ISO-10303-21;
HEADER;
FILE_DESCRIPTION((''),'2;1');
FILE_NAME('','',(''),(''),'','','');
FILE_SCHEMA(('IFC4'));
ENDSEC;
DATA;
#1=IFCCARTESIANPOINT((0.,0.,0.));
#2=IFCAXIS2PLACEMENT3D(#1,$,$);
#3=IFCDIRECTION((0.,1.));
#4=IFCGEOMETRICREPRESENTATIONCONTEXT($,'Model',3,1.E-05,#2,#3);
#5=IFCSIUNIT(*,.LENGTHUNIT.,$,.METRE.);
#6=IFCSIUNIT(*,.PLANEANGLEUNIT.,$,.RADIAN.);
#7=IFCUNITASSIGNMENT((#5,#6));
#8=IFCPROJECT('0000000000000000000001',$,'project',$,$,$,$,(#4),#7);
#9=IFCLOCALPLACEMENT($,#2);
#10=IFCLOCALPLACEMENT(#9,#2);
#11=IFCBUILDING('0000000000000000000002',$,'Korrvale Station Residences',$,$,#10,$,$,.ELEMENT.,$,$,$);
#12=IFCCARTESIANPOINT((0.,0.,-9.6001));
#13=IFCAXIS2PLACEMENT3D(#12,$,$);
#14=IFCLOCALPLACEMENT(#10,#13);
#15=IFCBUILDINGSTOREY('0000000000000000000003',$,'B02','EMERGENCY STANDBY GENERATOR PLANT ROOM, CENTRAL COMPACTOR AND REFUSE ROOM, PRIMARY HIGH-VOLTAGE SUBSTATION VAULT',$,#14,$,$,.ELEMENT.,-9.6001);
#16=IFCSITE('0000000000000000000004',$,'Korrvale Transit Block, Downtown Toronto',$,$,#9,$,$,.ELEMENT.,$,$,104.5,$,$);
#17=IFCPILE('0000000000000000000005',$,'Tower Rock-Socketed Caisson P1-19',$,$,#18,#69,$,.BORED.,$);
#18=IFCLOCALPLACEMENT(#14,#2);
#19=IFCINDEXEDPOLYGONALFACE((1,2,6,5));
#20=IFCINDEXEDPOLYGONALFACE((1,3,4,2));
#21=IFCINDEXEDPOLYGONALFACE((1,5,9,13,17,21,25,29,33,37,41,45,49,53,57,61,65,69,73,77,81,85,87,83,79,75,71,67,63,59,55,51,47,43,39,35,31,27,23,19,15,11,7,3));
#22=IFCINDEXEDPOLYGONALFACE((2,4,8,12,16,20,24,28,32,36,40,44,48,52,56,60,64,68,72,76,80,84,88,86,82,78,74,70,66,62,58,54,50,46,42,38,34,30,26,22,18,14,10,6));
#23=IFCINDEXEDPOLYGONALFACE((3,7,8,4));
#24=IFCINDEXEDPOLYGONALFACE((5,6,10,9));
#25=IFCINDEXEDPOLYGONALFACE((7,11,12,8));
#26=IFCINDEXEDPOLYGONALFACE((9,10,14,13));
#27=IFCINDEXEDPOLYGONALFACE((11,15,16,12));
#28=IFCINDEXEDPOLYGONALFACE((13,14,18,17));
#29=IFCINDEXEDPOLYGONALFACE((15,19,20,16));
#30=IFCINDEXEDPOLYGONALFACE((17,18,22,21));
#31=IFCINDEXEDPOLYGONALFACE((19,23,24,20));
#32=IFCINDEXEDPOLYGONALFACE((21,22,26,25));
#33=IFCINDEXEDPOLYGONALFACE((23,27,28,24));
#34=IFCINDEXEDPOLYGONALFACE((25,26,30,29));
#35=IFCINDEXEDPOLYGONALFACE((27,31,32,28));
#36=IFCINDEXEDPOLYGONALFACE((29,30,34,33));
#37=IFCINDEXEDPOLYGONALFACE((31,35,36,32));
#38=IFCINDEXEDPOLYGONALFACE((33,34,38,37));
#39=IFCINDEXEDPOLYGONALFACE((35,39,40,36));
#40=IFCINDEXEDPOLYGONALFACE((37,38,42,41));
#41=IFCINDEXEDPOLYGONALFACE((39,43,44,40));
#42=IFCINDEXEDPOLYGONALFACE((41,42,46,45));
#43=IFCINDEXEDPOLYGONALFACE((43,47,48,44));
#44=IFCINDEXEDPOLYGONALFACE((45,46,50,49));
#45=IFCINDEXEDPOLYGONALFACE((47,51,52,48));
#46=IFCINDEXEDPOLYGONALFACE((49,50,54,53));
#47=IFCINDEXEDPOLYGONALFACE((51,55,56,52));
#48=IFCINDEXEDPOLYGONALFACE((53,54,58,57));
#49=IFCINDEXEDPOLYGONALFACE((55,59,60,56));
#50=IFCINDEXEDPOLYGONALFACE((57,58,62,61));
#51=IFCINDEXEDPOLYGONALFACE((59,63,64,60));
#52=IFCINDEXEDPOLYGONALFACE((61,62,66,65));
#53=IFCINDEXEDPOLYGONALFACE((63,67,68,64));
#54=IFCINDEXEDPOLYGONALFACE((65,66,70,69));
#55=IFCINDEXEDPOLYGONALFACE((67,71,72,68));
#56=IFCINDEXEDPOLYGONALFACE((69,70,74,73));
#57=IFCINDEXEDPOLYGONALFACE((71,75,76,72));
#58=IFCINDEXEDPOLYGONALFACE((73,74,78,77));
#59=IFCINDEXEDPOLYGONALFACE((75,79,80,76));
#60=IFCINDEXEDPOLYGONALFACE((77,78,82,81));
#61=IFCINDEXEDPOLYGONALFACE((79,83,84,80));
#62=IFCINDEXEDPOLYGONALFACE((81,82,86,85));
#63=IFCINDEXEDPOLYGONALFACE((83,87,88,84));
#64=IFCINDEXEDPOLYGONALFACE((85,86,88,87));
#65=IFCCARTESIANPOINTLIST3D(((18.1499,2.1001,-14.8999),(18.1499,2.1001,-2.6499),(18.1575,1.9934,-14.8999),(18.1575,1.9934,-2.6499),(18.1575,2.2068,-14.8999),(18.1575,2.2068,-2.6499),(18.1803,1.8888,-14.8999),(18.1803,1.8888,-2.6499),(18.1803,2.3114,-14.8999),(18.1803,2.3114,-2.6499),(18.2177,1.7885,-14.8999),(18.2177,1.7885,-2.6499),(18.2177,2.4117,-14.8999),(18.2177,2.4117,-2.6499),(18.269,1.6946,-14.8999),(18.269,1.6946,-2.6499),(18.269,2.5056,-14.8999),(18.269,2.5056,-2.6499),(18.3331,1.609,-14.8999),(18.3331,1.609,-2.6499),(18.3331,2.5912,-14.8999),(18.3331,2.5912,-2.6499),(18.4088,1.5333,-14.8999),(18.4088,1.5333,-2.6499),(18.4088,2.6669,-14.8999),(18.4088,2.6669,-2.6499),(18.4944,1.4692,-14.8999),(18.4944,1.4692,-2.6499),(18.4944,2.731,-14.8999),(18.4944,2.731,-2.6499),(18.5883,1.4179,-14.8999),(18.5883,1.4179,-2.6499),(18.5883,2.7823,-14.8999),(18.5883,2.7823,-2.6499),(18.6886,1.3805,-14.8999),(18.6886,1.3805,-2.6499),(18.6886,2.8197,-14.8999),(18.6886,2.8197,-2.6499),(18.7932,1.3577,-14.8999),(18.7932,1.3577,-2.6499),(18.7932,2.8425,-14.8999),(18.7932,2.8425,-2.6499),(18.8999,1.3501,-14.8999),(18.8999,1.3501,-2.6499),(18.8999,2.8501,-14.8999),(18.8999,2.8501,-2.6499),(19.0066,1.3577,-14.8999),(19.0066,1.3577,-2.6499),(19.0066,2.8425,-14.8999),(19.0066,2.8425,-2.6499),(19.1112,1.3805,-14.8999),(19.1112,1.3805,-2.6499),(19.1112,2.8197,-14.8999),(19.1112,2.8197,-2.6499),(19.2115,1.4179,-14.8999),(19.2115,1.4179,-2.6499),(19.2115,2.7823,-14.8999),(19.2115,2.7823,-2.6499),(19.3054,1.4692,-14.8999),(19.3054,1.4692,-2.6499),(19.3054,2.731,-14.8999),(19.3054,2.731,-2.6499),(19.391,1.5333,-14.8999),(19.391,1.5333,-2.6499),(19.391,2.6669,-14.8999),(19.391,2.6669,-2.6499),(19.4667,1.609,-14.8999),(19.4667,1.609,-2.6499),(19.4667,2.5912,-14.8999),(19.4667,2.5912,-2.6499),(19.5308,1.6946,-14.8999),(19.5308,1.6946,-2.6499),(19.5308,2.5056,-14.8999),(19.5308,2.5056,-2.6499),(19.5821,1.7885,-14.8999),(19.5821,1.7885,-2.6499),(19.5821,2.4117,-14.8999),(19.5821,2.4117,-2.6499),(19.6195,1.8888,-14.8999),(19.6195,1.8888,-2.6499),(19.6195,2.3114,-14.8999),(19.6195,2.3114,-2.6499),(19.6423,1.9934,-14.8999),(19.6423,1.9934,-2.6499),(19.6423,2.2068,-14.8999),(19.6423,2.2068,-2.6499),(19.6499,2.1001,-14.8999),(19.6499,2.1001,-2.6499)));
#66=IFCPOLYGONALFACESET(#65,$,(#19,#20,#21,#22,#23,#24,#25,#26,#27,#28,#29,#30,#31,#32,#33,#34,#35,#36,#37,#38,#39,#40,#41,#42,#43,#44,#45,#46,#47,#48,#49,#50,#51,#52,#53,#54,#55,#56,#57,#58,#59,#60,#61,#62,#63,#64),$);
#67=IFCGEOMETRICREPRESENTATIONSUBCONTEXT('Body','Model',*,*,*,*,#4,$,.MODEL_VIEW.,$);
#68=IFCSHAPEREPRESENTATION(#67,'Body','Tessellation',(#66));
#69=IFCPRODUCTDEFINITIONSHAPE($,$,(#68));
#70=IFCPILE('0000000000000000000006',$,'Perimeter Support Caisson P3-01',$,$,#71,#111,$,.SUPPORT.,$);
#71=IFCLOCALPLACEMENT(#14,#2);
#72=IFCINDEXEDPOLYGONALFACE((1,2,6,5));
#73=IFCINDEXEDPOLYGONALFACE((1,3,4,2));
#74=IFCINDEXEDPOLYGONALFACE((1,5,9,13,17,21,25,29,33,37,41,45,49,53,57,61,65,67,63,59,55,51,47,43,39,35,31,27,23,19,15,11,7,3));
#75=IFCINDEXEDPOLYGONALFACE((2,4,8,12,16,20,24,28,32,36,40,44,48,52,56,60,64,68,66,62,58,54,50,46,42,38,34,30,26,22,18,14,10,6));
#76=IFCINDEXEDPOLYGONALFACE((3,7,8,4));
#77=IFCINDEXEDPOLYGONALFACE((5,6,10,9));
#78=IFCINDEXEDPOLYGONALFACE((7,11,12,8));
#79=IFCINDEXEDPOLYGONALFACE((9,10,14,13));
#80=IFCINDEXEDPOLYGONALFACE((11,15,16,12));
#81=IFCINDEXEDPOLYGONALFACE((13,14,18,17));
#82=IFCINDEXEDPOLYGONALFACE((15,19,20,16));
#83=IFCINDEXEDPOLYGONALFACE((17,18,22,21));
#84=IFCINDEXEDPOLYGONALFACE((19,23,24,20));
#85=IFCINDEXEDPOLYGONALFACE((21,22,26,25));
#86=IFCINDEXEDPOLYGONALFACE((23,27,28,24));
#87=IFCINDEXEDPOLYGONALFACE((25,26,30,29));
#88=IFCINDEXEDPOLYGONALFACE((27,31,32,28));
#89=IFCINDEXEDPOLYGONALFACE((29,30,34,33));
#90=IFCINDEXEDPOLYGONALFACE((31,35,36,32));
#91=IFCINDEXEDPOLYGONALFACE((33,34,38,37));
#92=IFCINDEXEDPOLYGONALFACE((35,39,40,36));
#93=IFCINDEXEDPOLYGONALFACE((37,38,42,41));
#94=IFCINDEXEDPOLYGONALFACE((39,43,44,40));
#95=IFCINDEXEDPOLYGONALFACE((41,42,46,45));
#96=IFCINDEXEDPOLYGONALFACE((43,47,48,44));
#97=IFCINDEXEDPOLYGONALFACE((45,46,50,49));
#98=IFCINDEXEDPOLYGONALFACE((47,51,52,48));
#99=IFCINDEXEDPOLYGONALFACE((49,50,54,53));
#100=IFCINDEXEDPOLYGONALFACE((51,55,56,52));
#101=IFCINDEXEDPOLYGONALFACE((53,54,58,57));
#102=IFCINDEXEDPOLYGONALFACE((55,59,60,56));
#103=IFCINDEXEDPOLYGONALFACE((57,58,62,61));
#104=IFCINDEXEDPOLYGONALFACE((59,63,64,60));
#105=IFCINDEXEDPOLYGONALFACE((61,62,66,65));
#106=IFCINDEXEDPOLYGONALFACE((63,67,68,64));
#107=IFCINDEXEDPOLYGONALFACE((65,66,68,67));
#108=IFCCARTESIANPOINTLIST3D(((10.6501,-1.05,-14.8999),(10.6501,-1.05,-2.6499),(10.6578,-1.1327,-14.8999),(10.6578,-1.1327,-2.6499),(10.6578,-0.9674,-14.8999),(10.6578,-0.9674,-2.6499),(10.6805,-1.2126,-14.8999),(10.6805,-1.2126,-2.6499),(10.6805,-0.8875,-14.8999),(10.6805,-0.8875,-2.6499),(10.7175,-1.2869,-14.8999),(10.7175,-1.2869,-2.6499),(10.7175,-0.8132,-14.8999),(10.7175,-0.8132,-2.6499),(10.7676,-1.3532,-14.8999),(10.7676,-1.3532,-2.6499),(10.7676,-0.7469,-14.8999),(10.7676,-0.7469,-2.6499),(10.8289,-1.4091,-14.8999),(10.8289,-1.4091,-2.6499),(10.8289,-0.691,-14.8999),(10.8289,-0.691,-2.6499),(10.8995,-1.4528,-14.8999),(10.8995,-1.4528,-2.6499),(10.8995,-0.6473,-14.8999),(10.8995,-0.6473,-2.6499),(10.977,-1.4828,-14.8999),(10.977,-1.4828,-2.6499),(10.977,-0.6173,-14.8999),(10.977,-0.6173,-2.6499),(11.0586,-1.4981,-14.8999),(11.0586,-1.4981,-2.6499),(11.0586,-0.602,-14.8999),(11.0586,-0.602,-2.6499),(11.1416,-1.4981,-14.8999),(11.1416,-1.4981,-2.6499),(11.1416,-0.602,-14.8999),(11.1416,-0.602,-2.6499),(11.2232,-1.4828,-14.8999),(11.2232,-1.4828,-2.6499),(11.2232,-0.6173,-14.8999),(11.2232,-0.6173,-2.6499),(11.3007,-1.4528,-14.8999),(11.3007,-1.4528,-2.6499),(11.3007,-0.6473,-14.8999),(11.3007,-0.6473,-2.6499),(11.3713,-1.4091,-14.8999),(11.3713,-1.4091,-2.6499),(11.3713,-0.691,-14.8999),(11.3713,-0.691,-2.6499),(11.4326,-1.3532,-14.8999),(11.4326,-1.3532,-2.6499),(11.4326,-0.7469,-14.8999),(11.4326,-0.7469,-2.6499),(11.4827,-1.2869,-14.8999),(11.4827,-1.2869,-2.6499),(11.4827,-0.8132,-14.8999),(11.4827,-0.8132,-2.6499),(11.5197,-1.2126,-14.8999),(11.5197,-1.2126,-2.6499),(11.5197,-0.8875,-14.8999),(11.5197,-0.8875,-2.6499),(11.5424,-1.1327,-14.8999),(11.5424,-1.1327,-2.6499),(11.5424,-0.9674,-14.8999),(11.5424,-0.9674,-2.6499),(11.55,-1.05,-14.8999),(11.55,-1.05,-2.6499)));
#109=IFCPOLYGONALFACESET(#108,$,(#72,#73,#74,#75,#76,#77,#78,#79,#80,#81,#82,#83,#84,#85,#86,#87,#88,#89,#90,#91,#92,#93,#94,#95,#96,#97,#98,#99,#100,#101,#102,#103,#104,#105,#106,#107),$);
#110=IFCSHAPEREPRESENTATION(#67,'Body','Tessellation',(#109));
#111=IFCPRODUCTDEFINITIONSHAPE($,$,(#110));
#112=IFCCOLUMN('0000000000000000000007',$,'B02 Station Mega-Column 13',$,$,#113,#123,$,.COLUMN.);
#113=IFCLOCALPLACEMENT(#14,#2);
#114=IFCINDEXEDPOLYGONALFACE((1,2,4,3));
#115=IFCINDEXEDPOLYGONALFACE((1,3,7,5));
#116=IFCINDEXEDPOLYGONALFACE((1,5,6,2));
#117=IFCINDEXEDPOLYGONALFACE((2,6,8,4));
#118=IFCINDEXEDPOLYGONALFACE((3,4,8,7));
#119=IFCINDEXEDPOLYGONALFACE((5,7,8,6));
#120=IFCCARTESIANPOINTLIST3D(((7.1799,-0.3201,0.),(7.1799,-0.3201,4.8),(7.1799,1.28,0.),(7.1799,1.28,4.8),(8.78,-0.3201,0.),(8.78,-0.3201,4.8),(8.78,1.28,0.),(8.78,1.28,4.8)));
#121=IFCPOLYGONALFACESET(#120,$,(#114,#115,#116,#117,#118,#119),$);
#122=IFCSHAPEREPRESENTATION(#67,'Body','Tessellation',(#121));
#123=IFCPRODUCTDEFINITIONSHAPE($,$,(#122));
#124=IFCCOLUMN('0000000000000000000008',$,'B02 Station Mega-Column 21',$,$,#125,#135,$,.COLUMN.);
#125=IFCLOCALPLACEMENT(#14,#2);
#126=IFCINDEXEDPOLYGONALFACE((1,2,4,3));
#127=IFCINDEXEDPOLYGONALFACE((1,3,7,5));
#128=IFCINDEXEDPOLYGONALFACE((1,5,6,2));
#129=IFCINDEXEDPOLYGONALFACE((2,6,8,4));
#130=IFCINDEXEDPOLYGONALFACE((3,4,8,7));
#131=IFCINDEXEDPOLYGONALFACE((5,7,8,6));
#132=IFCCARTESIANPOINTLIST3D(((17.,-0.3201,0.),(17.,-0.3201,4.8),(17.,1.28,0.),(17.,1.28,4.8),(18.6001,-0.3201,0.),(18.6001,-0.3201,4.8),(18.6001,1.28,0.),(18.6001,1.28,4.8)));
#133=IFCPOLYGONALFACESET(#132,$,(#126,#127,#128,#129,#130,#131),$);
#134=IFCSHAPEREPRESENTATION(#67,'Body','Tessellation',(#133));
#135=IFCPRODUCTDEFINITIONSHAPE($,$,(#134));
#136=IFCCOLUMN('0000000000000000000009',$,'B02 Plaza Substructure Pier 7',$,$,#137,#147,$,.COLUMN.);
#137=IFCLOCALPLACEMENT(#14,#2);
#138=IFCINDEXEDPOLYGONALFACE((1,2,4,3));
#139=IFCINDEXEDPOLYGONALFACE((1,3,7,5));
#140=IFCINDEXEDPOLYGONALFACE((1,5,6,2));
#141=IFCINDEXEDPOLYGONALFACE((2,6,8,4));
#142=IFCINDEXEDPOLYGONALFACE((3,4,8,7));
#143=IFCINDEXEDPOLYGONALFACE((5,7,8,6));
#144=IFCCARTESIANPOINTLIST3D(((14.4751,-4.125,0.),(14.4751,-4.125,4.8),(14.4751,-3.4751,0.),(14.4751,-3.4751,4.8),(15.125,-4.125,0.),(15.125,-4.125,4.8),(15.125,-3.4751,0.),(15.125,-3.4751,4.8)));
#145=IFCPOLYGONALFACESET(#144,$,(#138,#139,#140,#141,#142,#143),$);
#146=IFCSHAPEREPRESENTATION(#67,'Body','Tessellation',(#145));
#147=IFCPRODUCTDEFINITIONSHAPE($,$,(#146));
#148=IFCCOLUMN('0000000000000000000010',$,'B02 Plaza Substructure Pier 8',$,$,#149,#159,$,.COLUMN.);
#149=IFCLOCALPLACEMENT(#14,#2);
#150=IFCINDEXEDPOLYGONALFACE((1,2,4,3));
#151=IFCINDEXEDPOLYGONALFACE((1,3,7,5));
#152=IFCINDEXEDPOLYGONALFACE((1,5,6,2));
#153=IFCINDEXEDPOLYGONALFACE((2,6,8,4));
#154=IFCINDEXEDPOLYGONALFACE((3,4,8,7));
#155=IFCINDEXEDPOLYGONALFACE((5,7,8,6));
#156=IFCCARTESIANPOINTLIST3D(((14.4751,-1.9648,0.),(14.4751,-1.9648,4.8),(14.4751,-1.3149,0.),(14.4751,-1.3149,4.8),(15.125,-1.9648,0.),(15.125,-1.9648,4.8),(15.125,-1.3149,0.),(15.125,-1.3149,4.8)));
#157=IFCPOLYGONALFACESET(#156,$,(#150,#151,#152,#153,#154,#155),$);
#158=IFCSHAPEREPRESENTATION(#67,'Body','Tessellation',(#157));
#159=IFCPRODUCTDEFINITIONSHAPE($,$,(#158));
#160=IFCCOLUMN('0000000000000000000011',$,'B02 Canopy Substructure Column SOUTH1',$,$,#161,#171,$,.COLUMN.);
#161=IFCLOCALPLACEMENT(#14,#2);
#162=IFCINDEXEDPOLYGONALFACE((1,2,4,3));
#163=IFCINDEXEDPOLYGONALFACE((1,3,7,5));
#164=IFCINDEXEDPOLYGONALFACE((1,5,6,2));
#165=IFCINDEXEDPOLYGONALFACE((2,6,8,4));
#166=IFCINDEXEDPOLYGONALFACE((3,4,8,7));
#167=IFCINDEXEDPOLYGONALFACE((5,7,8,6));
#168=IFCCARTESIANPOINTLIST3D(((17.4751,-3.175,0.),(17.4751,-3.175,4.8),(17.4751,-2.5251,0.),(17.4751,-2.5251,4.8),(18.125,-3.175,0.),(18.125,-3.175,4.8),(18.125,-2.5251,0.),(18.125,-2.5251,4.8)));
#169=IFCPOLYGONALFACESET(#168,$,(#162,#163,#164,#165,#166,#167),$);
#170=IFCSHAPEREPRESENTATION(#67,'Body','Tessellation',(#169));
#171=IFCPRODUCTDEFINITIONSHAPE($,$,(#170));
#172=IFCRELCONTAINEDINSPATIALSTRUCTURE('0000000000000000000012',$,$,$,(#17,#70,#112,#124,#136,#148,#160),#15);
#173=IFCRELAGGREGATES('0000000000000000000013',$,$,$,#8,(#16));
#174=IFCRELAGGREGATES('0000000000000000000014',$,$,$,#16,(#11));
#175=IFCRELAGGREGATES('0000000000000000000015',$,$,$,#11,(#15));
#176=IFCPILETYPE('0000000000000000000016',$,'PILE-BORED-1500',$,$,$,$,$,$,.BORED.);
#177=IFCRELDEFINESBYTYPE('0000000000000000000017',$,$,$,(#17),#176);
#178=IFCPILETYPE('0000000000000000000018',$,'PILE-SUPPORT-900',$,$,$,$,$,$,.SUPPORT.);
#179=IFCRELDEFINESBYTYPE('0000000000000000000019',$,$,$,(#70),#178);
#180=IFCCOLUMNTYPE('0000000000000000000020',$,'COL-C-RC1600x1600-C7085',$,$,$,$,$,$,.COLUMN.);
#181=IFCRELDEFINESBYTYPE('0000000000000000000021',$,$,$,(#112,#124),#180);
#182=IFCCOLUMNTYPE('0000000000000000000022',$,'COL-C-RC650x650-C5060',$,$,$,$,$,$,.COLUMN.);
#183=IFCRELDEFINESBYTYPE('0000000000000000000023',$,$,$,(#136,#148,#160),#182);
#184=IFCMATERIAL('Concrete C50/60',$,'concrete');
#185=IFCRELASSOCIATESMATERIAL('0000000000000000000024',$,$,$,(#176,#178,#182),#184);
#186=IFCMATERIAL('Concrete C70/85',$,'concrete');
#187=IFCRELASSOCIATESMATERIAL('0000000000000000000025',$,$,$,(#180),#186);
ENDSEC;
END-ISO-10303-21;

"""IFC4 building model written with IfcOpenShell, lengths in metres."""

from ifc_helpers import new_model, si_unit, direction, frame, origin, origin_2d, place, context, subcontext, project, spatial, rectangle, circle, extrude, material, material_profile, profile_set, type_object, element, save


model = new_model("IFC4")

# Units and contexts
model_context = context("Model", 3, precision=1e-05, world=origin(), true_north=direction((0.0, 1.0)))
body_context = subcontext(model_context, "Body", "Model", "MODEL_VIEW")
ifc_project = project(units=[si_unit("LENGTHUNIT", "METRE"), si_unit("PLANEANGLEUNIT", "RADIAN")], contexts=[model_context])

# Site, building, storey
site_placement = place(None, origin())
site = spatial("IfcSite", under=ifc_project, at=site_placement, Name="Korrvale Transit Block, Downtown Toronto", CompositionType="ELEMENT", RefElevation=104.5)
building_placement = place(site_placement, origin())
building = spatial("IfcBuilding", under=site, at=building_placement, Name="Korrvale Station Residences", CompositionType="ELEMENT")
storey_placement = place(building_placement, frame((0.0, 0.0, -9.6001)))
storey = spatial("IfcBuildingStorey", under=building, at=storey_placement, Name="B02", Description="EMERGENCY STANDBY GENERATOR PLANT ROOM, CENTRAL COMPACTOR AND REFUSE ROOM, PRIMARY HIGH-VOLTAGE SUBSTATION VAULT", CompositionType="ELEMENT", Elevation=-9.6001)

# Piles
ifc_material_1 = material(Name="Concrete C50/60", Category="concrete")
ifc_material_profile_1 = material_profile(ifc_material_1, circle(Radius=0.75, at=origin_2d()), Name="PILE1500")
ifc_profile_set_1 = profile_set([ifc_material_profile_1], Name="Concrete C50/60")
pile_type_1 = type_object("IfcPileType", Name="PILE-BORED-1500", PredefinedType="BORED", material=ifc_profile_set_1)
for number, where, z_axis, x_axis, name in (
    (1, (18.8999, 2.1001, -2.6499), (0.0, 0.0, -1.0), (1.0, 0.0, 0.0), "Tower Rock-Socketed Caisson P1-19"),
):
    element("IfcPile", number, at=place(storey_placement, frame(where, z_axis=z_axis, x_axis=x_axis)), inside=storey, type_object=pile_type_1, Name=name, PredefinedType="BORED", context=body_context, shape_type="SweptSolid", body=[
        extrude(circle(Radius=0.75, at=origin_2d()), origin(), (0.0, 0.0, 1.0), 12.25),
    ])
ifc_material_profile_2 = material_profile(ifc_material_1, circle(Radius=0.45, at=origin_2d()), Name="PILE900")
ifc_profile_set_2 = profile_set([ifc_material_profile_2], Name="Concrete C50/60")
pile_type_2 = type_object("IfcPileType", Name="PILE-SUPPORT-900", PredefinedType="SUPPORT", material=ifc_profile_set_2)
pile_1_placement = place(storey_placement, frame((11.1001, -1.05, -2.6499), z_axis=(0.0, 0.0, -1.0), x_axis=(1.0, 0.0, 0.0)))
element("IfcPile", 2, at=pile_1_placement, inside=storey, type_object=pile_type_2, Name="Perimeter Support Caisson P3-01", PredefinedType="SUPPORT", context=body_context, shape_type="SweptSolid", body=[
    extrude(circle(Radius=0.45, at=origin_2d()), origin(), (0.0, 0.0, 1.0), 12.25),
])

# Columns
ifc_material_2 = material(Name="Concrete C70/85", Category="concrete")
ifc_material_profile_3 = material_profile(ifc_material_2, rectangle(XDim=1.6001, YDim=1.6001, at=origin_2d()), Name="RC1600x1600")
ifc_profile_set_3 = profile_set([ifc_material_profile_3], Name="Concrete C70/85")
column_type_1 = type_object("IfcColumnType", Name="COL-C-RC1600x1600-C7085", PredefinedType="COLUMN", material=ifc_profile_set_3)
for number, where, z_axis, x_axis, name in (
    (3, (7.98, 0.48, 0.0), (0.0, 0.0, 1.0), (1.0, 0.0, 0.0), "B02 Station Mega-Column 13"),
    (4, (17.8, 0.48, 0.0), (0.0, 0.0, 1.0), (1.0, 0.0, 0.0), "B02 Station Mega-Column 21"),
):
    element("IfcColumn", number, at=place(storey_placement, frame(where, z_axis=z_axis, x_axis=x_axis)), inside=storey, type_object=column_type_1, Name=name, PredefinedType="COLUMN", context=body_context, shape_type="SweptSolid", body=[
        extrude(rectangle(XDim=1.6001, YDim=1.6001, at=origin_2d()), origin(), (0.0, 0.0, 1.0), 4.8),
    ])
ifc_material_profile_4 = material_profile(ifc_material_1, rectangle(XDim=0.6499, YDim=0.6499, at=origin_2d()), Name="RC650x650")
ifc_profile_set_4 = profile_set([ifc_material_profile_4], Name="Concrete C50/60")
column_type_2 = type_object("IfcColumnType", Name="COL-C-RC650x650-C5060", PredefinedType="COLUMN", material=ifc_profile_set_4)
for number, where, z_axis, x_axis, name in (
    (5, (14.8, -3.8, 0.0), (0.0, 0.0, 1.0), (1.0, 0.0, 0.0), "B02 Plaza Substructure Pier 7"),
    (6, (14.8, -1.6399, 0.0), (0.0, 0.0, 1.0), (1.0, 0.0, 0.0), "B02 Plaza Substructure Pier 8"),
    (7, (17.8, -2.8501, 0.0), (0.0, 0.0, 1.0), (1.0, 0.0, 0.0), "B02 Canopy Substructure Column SOUTH1"),
):
    element("IfcColumn", number, at=place(storey_placement, frame(where, z_axis=z_axis, x_axis=x_axis)), inside=storey, type_object=column_type_2, Name=name, PredefinedType="COLUMN", context=body_context, shape_type="SweptSolid", body=[
        extrude(rectangle(XDim=0.6499, YDim=0.6499, at=origin_2d()), origin(), (0.0, 0.0, 1.0), 4.8),
    ])

save(model, "model.ifc")
